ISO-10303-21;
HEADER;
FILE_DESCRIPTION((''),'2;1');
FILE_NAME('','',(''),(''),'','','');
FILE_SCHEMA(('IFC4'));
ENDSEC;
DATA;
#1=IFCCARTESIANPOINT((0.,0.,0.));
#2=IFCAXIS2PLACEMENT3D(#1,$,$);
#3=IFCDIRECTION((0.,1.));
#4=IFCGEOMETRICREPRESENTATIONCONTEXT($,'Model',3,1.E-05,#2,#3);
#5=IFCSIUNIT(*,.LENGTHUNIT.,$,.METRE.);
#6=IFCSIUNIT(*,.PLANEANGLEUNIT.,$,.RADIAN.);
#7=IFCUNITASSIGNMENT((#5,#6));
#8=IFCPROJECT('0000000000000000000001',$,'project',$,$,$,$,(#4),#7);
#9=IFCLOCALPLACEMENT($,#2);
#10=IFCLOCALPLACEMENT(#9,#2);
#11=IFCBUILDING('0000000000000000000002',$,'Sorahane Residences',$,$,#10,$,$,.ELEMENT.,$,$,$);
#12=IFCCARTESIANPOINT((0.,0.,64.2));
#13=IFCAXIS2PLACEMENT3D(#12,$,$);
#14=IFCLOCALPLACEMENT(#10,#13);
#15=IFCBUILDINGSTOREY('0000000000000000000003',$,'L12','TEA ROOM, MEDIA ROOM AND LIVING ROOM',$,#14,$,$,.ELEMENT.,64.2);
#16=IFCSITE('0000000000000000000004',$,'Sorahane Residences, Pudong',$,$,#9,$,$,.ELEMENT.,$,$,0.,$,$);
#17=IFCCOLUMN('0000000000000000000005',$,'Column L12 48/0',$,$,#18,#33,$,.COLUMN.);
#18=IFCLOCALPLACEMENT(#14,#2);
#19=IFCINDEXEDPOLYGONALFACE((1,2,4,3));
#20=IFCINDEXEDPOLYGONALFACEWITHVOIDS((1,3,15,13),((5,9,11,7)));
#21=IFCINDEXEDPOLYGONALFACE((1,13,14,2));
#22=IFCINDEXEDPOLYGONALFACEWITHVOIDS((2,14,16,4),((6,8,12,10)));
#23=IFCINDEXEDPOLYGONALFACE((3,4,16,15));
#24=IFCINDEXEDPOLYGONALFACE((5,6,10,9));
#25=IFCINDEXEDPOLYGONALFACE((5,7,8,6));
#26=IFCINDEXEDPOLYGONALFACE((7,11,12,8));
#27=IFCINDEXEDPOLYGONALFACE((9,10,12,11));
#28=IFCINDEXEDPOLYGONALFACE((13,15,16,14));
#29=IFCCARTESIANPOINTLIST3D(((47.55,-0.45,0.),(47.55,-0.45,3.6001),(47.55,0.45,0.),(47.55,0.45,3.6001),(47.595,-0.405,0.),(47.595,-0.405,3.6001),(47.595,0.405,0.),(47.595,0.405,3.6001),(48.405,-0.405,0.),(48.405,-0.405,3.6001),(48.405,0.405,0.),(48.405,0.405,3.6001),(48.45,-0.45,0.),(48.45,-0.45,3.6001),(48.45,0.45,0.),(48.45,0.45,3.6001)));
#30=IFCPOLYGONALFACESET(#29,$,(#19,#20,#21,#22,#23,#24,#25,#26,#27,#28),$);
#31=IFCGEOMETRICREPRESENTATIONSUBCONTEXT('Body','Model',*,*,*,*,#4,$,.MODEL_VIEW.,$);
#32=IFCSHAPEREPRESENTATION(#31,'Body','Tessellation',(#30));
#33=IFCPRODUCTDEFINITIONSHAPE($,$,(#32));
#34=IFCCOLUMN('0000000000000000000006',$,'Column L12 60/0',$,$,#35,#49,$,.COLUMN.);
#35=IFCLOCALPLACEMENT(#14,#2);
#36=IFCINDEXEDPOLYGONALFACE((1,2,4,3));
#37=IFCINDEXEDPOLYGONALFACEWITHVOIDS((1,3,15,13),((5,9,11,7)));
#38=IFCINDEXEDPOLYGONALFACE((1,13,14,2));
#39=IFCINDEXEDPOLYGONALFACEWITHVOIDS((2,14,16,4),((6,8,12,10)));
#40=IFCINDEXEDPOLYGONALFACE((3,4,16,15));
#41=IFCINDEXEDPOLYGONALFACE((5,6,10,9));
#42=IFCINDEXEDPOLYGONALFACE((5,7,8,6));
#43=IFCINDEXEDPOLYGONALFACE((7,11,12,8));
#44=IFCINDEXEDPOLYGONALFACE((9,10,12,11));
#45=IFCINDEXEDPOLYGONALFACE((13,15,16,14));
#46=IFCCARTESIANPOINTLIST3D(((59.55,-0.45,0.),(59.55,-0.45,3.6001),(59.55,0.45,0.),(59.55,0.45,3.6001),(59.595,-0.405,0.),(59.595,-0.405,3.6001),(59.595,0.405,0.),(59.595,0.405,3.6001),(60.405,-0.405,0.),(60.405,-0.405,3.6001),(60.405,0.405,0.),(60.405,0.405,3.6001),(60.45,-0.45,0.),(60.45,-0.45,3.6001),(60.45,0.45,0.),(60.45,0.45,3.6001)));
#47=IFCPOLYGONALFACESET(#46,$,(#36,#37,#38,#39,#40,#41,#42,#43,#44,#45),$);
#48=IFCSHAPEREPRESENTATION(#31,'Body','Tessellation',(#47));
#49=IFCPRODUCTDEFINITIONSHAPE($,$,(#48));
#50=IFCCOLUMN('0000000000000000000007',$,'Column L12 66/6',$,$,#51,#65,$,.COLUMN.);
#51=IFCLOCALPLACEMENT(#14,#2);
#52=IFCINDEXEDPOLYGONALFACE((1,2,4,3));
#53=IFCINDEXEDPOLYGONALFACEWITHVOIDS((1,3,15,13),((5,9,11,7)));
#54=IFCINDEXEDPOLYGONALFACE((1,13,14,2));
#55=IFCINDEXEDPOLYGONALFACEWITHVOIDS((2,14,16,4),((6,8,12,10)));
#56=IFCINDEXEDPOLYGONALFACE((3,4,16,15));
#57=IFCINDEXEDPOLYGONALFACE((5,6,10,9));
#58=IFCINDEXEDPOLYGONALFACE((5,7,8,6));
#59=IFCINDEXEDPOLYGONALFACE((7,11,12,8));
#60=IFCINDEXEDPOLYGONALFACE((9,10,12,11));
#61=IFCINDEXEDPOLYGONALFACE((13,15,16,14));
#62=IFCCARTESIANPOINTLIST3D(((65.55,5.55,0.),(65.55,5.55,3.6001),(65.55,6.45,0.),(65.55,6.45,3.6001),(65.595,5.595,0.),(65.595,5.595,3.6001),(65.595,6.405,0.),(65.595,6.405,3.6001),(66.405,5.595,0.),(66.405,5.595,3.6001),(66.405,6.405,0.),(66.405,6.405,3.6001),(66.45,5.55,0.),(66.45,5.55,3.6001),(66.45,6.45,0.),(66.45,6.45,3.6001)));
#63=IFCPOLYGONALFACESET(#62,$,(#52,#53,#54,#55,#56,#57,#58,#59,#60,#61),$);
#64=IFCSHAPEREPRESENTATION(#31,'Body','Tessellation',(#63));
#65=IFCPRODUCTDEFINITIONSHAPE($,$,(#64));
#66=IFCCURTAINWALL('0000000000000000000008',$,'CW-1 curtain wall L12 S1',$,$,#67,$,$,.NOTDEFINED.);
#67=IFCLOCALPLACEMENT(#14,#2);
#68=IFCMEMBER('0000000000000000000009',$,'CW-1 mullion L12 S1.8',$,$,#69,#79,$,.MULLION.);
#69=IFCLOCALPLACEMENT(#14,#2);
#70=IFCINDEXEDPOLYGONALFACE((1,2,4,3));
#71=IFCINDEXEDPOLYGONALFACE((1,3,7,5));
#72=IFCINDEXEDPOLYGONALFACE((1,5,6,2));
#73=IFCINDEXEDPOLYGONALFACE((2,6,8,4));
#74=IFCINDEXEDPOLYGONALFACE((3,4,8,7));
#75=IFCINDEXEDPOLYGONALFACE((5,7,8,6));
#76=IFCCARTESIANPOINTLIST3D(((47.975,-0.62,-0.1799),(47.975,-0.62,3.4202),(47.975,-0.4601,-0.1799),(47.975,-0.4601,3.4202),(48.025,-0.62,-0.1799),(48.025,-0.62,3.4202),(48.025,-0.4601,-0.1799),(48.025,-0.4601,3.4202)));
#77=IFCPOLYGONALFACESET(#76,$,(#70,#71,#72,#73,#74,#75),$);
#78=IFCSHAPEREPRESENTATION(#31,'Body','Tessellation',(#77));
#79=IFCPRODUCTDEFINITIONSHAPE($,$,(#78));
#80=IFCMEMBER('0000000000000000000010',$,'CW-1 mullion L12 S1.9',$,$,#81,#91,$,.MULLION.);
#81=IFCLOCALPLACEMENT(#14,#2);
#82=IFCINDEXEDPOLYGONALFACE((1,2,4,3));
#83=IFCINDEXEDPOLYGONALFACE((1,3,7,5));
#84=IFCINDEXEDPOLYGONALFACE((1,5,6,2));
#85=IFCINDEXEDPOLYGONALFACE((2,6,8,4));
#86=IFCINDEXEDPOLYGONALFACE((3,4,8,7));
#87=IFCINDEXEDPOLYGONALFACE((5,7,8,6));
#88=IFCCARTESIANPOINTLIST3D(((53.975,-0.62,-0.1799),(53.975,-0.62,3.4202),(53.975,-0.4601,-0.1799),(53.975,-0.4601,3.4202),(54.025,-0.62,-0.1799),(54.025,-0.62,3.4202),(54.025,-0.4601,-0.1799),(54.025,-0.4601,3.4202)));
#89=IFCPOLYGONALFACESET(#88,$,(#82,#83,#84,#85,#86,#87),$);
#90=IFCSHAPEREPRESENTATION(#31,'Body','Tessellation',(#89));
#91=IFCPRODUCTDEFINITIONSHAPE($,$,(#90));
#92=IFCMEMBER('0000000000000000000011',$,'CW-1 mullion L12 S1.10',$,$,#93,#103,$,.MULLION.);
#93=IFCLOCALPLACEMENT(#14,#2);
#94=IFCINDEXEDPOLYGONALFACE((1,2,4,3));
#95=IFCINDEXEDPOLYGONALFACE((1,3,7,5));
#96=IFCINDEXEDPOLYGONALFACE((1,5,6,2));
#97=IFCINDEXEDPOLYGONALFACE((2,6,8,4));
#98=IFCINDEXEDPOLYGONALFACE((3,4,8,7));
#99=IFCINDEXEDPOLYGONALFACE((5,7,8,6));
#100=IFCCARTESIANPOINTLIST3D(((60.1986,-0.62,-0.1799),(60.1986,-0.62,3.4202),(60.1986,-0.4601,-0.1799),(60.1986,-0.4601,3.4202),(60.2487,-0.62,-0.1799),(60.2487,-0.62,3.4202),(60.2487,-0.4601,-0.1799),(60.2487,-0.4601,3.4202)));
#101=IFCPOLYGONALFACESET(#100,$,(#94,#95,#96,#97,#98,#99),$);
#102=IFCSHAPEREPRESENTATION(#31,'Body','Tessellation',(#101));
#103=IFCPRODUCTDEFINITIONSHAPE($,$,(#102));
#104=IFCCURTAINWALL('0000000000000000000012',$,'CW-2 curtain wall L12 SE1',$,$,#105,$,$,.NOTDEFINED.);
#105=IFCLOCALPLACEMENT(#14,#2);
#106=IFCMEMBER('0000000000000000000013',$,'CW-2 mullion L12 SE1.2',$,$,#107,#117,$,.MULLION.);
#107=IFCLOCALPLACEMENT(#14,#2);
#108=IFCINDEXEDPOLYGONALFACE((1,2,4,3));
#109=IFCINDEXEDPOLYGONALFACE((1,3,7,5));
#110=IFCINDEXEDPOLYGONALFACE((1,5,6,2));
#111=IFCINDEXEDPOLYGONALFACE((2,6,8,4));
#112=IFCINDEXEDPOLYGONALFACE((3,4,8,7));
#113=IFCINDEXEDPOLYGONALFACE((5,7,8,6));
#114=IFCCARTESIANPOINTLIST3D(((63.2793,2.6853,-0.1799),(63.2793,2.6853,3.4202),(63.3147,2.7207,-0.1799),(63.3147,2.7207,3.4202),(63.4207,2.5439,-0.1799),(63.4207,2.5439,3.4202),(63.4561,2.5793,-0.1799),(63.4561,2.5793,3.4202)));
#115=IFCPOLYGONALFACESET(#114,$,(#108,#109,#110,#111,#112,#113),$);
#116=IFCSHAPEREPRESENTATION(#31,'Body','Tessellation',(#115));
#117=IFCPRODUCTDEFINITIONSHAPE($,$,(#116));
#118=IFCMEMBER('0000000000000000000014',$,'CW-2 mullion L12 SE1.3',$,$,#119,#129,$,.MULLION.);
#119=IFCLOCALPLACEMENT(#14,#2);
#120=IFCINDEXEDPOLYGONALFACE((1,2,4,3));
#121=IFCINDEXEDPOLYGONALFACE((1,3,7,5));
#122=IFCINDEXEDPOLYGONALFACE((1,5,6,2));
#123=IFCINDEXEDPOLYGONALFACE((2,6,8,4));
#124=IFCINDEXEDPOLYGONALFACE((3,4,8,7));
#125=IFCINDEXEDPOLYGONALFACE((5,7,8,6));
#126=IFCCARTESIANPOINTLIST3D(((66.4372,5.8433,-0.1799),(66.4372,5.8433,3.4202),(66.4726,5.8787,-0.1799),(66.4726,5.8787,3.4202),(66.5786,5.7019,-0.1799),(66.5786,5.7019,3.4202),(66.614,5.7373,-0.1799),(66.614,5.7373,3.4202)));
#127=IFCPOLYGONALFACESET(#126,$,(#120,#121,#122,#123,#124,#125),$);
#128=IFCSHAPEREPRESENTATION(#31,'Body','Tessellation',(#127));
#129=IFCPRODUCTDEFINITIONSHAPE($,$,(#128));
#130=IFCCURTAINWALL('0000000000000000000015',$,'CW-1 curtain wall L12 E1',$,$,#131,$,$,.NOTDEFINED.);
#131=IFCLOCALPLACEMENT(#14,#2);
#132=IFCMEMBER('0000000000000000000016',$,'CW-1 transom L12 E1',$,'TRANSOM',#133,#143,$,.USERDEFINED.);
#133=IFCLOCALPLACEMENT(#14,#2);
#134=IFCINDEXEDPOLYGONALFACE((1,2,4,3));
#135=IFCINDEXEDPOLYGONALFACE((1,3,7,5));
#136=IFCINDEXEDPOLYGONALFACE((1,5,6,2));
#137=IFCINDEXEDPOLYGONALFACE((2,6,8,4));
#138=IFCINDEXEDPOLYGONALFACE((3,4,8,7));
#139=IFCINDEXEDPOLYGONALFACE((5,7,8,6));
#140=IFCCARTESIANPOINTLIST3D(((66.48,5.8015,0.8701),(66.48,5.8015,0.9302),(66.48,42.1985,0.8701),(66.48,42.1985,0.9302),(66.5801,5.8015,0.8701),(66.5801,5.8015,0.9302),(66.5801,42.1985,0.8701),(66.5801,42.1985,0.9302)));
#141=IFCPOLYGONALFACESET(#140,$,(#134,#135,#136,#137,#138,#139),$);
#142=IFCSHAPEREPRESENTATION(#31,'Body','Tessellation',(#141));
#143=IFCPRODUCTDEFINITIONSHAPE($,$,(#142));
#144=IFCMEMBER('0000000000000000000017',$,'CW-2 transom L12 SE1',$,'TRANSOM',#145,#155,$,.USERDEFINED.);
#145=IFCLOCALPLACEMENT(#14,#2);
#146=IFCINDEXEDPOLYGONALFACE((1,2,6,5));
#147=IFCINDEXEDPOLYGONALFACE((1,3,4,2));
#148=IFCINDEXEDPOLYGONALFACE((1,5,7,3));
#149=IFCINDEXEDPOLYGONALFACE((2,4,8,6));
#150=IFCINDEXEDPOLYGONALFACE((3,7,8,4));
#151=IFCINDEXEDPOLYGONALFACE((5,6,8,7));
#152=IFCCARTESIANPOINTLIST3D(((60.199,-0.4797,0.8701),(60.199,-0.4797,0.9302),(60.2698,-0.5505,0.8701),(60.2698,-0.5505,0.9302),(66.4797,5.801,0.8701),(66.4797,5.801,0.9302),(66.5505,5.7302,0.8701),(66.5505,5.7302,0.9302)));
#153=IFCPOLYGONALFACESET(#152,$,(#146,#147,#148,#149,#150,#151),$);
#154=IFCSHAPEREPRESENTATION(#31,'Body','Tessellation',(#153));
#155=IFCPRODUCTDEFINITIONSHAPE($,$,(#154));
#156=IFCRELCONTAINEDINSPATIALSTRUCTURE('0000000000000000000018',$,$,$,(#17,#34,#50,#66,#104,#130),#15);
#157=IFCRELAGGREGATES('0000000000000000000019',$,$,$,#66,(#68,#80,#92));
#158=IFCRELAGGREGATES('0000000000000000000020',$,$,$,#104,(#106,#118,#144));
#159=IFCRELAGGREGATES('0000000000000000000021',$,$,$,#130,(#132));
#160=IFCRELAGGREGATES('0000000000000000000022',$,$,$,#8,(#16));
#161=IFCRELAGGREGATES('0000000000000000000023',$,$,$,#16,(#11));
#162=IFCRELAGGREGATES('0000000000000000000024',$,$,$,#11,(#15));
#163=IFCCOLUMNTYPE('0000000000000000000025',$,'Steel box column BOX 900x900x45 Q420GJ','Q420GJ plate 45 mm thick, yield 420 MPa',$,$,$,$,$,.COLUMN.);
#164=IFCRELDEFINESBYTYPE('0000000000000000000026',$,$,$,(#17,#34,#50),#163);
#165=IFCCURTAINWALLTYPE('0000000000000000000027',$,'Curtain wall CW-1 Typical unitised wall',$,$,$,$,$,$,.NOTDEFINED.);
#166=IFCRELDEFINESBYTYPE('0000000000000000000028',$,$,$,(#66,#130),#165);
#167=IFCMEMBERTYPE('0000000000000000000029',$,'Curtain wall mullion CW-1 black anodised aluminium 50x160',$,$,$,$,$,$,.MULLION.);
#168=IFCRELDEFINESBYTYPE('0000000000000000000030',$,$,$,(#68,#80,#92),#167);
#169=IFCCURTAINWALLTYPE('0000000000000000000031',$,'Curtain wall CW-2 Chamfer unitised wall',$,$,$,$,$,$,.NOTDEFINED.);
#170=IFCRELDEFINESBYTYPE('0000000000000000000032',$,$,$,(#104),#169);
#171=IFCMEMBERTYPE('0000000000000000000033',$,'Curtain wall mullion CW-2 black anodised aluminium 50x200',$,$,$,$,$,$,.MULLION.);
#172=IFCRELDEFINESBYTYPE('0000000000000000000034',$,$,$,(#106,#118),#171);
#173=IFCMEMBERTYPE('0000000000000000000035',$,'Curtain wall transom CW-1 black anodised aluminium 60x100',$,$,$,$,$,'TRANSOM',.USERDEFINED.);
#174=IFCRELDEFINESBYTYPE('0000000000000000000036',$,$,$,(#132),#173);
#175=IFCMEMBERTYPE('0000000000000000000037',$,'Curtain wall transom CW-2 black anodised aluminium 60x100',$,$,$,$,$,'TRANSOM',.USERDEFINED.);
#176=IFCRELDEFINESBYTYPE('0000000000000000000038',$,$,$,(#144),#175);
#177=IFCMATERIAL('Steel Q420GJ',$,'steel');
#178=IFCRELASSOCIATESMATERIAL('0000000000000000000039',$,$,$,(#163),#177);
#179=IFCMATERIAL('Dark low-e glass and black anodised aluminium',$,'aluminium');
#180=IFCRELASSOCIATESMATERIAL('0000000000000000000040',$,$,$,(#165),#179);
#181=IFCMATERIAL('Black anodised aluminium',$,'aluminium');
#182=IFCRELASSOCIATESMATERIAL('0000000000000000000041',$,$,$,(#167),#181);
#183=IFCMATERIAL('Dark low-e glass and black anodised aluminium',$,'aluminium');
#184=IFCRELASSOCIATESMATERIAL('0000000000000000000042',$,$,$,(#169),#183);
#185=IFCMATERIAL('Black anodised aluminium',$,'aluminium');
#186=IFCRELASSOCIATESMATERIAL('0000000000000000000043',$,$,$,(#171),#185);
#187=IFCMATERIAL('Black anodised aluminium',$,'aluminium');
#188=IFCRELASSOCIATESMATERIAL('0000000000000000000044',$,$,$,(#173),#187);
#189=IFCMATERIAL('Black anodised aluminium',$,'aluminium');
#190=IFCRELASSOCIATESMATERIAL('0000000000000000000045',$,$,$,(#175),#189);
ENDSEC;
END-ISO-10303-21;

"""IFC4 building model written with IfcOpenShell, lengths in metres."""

from ifc_helpers import new_model, si_unit, direction, frame, origin, origin_2d, place, context, subcontext, project, spatial, rectangle, hollow_rectangle, extrude, material, material_profile, profile_set, type_object, element, aggregate, save


model = new_model("IFC4")

# Units and contexts
model_context = context("Model", 3, precision=1e-05, world=origin(), true_north=direction((0.0, 1.0)))
body_context = subcontext(model_context, "Body", "Model", "MODEL_VIEW")
ifc_project = project(units=[si_unit("LENGTHUNIT", "METRE"), si_unit("PLANEANGLEUNIT", "RADIAN")], contexts=[model_context])

# Site, building, storey
site_placement = place(None, origin())
site = spatial("IfcSite", under=ifc_project, at=site_placement, Name="Sorahane Residences, Pudong", CompositionType="ELEMENT", RefElevation=0.0)
building_placement = place(site_placement, origin())
building = spatial("IfcBuilding", under=site, at=building_placement, Name="Sorahane Residences", CompositionType="ELEMENT")
storey_placement = place(building_placement, frame((0.0, 0.0, 64.2)))
storey = spatial("IfcBuildingStorey", under=building, at=storey_placement, Name="L12", Description="TEA ROOM, MEDIA ROOM AND LIVING ROOM", CompositionType="ELEMENT", Elevation=64.2)

# Columns
ifc_material_1 = material(Name="Steel Q420GJ", Category="steel")
ifc_material_profile_1 = material_profile(ifc_material_1, hollow_rectangle(XDim=0.8999, YDim=0.8999, WallThickness=0.0449, at=origin_2d()), Name="BOX 900x900x45")
ifc_profile_set_1 = profile_set([ifc_material_profile_1], Name="Steel Q420GJ")
column_type = type_object("IfcColumnType", Name="Steel box column BOX 900x900x45 Q420GJ", Description="Q420GJ plate 45 mm thick, yield 420 MPa", PredefinedType="COLUMN", material=ifc_profile_set_1)
for number, where, z_axis, x_axis, name in (
    (1, (48.0, 0.0, 0.0), (0.0, 0.0, 1.0), (1.0, 0.0, 0.0), "Column L12 48/0"),
    (2, (60.0, 0.0, 0.0), (0.0, 0.0, 1.0), (1.0, 0.0, 0.0), "Column L12 60/0"),
    (3, (66.0, 6.0, 0.0), (0.0, 0.0, 1.0), (1.0, 0.0, 0.0), "Column L12 66/6"),
):
    element("IfcColumn", number, at=place(storey_placement, frame(where, z_axis=z_axis, x_axis=x_axis)), inside=storey, type_object=column_type, Name=name, PredefinedType="COLUMN", context=body_context, shape_type="SweptSolid", body=[
        extrude(hollow_rectangle(XDim=0.8999, YDim=0.8999, WallThickness=0.0449, at=origin_2d()), origin(), (0.0, 0.0, 1.0), 3.6001),
    ])

# Curtain walls, members
ifc_material_2 = material(Name="Dark low-e glass and black anodised aluminium", Category="aluminium")
curtain_wall_type_1 = type_object("IfcCurtainWallType", Name="Curtain wall CW-1 Typical unitised wall", PredefinedType="NOTDEFINED", material=ifc_material_2)
curtain_wall_1_placement = place(storey_placement, origin())
curtain_wall_1 = element("IfcCurtainWall", 4, at=curtain_wall_1_placement, inside=storey, type_object=curtain_wall_type_1, Name="CW-1 curtain wall L12 S1", PredefinedType="NOTDEFINED")
ifc_material_3 = material(Name="Black anodised aluminium", Category="aluminium")
ifc_material_profile_2 = material_profile(ifc_material_3, rectangle(XDim=0.1599, YDim=0.05, at=origin_2d()), Name="Curtain wall mullion CW-1 black anodised aluminium 50x160")
ifc_profile_set_2 = profile_set([ifc_material_profile_2], Name="Black anodised aluminium")
member_type_1 = type_object("IfcMemberType", Name="Curtain wall mullion CW-1 black anodised aluminium 50x160", PredefinedType="MULLION", material=ifc_profile_set_2)
member_1_placement = place(storey_placement, frame((48.0, -0.54, -0.1799), z_axis=(0.0, 0.0, 1.0), x_axis=(0.0, -1.0, 0.0)))
member_1 = element("IfcMember", 5, at=member_1_placement, type_object=member_type_1, Name="CW-1 mullion L12 S1.8", PredefinedType="MULLION", context=body_context, shape_type="SweptSolid", body=[
    extrude(rectangle(XDim=0.1599, YDim=0.05, at=origin_2d()), origin(), (0.0, 0.0, 1.0), 3.6001),
])
member_2_placement = place(storey_placement, frame((54.0, -0.54, -0.1799), z_axis=(0.0, 0.0, 1.0), x_axis=(0.0, -1.0, 0.0)))
member_2 = element("IfcMember", 6, at=member_2_placement, type_object=member_type_1, Name="CW-1 mullion L12 S1.9", PredefinedType="MULLION", context=body_context, shape_type="SweptSolid", body=[
    extrude(rectangle(XDim=0.1599, YDim=0.05, at=origin_2d()), origin(), (0.0, 0.0, 1.0), 3.6001),
])
member_3_placement = place(storey_placement, frame((60.2236, -0.54, -0.1799), z_axis=(0.0, 0.0, 1.0), x_axis=(0.0, -1.0, 0.0)))
member_3 = element("IfcMember", 7, at=member_3_placement, type_object=member_type_1, Name="CW-1 mullion L12 S1.10", PredefinedType="MULLION", context=body_context, shape_type="SweptSolid", body=[
    extrude(rectangle(XDim=0.1599, YDim=0.05, at=origin_2d()), origin(), (0.0, 0.0, 1.0), 3.6001),
])
ifc_material_4 = material(Name="Dark low-e glass and black anodised aluminium", Category="aluminium")
curtain_wall_type_2 = type_object("IfcCurtainWallType", Name="Curtain wall CW-2 Chamfer unitised wall", PredefinedType="NOTDEFINED", material=ifc_material_4)
curtain_wall_2_placement = place(storey_placement, origin())
curtain_wall_2 = element("IfcCurtainWall", 8, at=curtain_wall_2_placement, inside=storey, type_object=curtain_wall_type_2, Name="CW-2 curtain wall L12 SE1", PredefinedType="NOTDEFINED")
ifc_material_5 = material(Name="Black anodised aluminium", Category="aluminium")
ifc_material_profile_3 = material_profile(ifc_material_5, rectangle(XDim=0.2, YDim=0.05, at=origin_2d()), Name="Curtain wall mullion CW-2 black anodised aluminium 50x200")
ifc_profile_set_3 = profile_set([ifc_material_profile_3], Name="Black anodised aluminium")
member_type_2 = type_object("IfcMemberType", Name="Curtain wall mullion CW-2 black anodised aluminium 50x200", PredefinedType="MULLION", material=ifc_profile_set_3)
member_4_placement = place(storey_placement, frame((63.3677, 2.6323, -0.1799), z_axis=(0.0, 0.0, 1.0), x_axis=(0.707107, -0.707107, 0.0)))
member_4 = element("IfcMember", 9, at=member_4_placement, type_object=member_type_2, Name="CW-2 mullion L12 SE1.2", PredefinedType="MULLION", context=body_context, shape_type="SweptSolid", body=[
    extrude(rectangle(XDim=0.2, YDim=0.05, at=origin_2d()), origin(), (0.0, 0.0, 1.0), 3.6001),
])
member_5_placement = place(storey_placement, frame((66.5256, 5.7903, -0.1799), z_axis=(0.0, 0.0, 1.0), x_axis=(0.707107, -0.707107, 0.0)))
member_5 = element("IfcMember", 10, at=member_5_placement, type_object=member_type_2, Name="CW-2 mullion L12 SE1.3", PredefinedType="MULLION", context=body_context, shape_type="SweptSolid", body=[
    extrude(rectangle(XDim=0.2, YDim=0.05, at=origin_2d()), origin(), (0.0, 0.0, 1.0), 3.6001),
])

# Curtain wall, member
curtain_wall_3_placement = place(storey_placement, origin())
curtain_wall_3 = element("IfcCurtainWall", 11, at=curtain_wall_3_placement, inside=storey, type_object=curtain_wall_type_1, Name="CW-1 curtain wall L12 E1", PredefinedType="NOTDEFINED")
ifc_material_6 = material(Name="Black anodised aluminium", Category="aluminium")
ifc_material_profile_4 = material_profile(ifc_material_6, rectangle(XDim=0.1001, YDim=0.0601, at=origin_2d()), Name="Curtain wall transom CW-1 black anodised aluminium 60x100")
ifc_profile_set_4 = profile_set([ifc_material_profile_4], Name="Black anodised aluminium")
member_type_3 = type_object("IfcMemberType", Name="Curtain wall transom CW-1 black anodised aluminium 60x100", ElementType="TRANSOM", PredefinedType="USERDEFINED", material=ifc_profile_set_4)
member_6_placement = place(storey_placement, frame((66.53, 5.8015, 0.9001), z_axis=(0.0, 1.0, 0.0), x_axis=(-1.0, 0.0, 0.0)))
member_6 = element("IfcMember", 12, at=member_6_placement, type_object=member_type_3, Name="CW-1 transom L12 E1", ObjectType="TRANSOM", PredefinedType="USERDEFINED", context=body_context, shape_type="SweptSolid", body=[
    extrude(rectangle(XDim=0.1001, YDim=0.0601, at=origin_2d()), origin(), (0.0, 0.0, 1.0), 36.397),
])

# Member
ifc_material_7 = material(Name="Black anodised aluminium", Category="aluminium")
ifc_material_profile_5 = material_profile(ifc_material_7, rectangle(XDim=0.1001, YDim=0.0601, at=origin_2d()), Name="Curtain wall transom CW-2 black anodised aluminium 60x100")
ifc_profile_set_5 = profile_set([ifc_material_profile_5], Name="Black anodised aluminium")
member_type_4 = type_object("IfcMemberType", Name="Curtain wall transom CW-2 black anodised aluminium 60x100", ElementType="TRANSOM", PredefinedType="USERDEFINED", material=ifc_profile_set_5)
member_7_placement = place(storey_placement, frame((60.2344, -0.5151, 0.9001), z_axis=(0.707107, 0.707107, 0.0), x_axis=(-0.707107, 0.707107, 0.0)))
member_7 = element("IfcMember", 13, at=member_7_placement, type_object=member_type_4, Name="CW-2 transom L12 SE1", ObjectType="TRANSOM", PredefinedType="USERDEFINED", context=body_context, shape_type="SweptSolid", body=[
    extrude(rectangle(XDim=0.1001, YDim=0.0601, at=origin_2d()), origin(), (0.0, 0.0, 1.0), 8.8823),
])

aggregate(curtain_wall_1, [member_1, member_2, member_3])
aggregate(curtain_wall_2, [member_4, member_5, member_7])
aggregate(curtain_wall_3, [member_6])

save(model, "model.ifc")
